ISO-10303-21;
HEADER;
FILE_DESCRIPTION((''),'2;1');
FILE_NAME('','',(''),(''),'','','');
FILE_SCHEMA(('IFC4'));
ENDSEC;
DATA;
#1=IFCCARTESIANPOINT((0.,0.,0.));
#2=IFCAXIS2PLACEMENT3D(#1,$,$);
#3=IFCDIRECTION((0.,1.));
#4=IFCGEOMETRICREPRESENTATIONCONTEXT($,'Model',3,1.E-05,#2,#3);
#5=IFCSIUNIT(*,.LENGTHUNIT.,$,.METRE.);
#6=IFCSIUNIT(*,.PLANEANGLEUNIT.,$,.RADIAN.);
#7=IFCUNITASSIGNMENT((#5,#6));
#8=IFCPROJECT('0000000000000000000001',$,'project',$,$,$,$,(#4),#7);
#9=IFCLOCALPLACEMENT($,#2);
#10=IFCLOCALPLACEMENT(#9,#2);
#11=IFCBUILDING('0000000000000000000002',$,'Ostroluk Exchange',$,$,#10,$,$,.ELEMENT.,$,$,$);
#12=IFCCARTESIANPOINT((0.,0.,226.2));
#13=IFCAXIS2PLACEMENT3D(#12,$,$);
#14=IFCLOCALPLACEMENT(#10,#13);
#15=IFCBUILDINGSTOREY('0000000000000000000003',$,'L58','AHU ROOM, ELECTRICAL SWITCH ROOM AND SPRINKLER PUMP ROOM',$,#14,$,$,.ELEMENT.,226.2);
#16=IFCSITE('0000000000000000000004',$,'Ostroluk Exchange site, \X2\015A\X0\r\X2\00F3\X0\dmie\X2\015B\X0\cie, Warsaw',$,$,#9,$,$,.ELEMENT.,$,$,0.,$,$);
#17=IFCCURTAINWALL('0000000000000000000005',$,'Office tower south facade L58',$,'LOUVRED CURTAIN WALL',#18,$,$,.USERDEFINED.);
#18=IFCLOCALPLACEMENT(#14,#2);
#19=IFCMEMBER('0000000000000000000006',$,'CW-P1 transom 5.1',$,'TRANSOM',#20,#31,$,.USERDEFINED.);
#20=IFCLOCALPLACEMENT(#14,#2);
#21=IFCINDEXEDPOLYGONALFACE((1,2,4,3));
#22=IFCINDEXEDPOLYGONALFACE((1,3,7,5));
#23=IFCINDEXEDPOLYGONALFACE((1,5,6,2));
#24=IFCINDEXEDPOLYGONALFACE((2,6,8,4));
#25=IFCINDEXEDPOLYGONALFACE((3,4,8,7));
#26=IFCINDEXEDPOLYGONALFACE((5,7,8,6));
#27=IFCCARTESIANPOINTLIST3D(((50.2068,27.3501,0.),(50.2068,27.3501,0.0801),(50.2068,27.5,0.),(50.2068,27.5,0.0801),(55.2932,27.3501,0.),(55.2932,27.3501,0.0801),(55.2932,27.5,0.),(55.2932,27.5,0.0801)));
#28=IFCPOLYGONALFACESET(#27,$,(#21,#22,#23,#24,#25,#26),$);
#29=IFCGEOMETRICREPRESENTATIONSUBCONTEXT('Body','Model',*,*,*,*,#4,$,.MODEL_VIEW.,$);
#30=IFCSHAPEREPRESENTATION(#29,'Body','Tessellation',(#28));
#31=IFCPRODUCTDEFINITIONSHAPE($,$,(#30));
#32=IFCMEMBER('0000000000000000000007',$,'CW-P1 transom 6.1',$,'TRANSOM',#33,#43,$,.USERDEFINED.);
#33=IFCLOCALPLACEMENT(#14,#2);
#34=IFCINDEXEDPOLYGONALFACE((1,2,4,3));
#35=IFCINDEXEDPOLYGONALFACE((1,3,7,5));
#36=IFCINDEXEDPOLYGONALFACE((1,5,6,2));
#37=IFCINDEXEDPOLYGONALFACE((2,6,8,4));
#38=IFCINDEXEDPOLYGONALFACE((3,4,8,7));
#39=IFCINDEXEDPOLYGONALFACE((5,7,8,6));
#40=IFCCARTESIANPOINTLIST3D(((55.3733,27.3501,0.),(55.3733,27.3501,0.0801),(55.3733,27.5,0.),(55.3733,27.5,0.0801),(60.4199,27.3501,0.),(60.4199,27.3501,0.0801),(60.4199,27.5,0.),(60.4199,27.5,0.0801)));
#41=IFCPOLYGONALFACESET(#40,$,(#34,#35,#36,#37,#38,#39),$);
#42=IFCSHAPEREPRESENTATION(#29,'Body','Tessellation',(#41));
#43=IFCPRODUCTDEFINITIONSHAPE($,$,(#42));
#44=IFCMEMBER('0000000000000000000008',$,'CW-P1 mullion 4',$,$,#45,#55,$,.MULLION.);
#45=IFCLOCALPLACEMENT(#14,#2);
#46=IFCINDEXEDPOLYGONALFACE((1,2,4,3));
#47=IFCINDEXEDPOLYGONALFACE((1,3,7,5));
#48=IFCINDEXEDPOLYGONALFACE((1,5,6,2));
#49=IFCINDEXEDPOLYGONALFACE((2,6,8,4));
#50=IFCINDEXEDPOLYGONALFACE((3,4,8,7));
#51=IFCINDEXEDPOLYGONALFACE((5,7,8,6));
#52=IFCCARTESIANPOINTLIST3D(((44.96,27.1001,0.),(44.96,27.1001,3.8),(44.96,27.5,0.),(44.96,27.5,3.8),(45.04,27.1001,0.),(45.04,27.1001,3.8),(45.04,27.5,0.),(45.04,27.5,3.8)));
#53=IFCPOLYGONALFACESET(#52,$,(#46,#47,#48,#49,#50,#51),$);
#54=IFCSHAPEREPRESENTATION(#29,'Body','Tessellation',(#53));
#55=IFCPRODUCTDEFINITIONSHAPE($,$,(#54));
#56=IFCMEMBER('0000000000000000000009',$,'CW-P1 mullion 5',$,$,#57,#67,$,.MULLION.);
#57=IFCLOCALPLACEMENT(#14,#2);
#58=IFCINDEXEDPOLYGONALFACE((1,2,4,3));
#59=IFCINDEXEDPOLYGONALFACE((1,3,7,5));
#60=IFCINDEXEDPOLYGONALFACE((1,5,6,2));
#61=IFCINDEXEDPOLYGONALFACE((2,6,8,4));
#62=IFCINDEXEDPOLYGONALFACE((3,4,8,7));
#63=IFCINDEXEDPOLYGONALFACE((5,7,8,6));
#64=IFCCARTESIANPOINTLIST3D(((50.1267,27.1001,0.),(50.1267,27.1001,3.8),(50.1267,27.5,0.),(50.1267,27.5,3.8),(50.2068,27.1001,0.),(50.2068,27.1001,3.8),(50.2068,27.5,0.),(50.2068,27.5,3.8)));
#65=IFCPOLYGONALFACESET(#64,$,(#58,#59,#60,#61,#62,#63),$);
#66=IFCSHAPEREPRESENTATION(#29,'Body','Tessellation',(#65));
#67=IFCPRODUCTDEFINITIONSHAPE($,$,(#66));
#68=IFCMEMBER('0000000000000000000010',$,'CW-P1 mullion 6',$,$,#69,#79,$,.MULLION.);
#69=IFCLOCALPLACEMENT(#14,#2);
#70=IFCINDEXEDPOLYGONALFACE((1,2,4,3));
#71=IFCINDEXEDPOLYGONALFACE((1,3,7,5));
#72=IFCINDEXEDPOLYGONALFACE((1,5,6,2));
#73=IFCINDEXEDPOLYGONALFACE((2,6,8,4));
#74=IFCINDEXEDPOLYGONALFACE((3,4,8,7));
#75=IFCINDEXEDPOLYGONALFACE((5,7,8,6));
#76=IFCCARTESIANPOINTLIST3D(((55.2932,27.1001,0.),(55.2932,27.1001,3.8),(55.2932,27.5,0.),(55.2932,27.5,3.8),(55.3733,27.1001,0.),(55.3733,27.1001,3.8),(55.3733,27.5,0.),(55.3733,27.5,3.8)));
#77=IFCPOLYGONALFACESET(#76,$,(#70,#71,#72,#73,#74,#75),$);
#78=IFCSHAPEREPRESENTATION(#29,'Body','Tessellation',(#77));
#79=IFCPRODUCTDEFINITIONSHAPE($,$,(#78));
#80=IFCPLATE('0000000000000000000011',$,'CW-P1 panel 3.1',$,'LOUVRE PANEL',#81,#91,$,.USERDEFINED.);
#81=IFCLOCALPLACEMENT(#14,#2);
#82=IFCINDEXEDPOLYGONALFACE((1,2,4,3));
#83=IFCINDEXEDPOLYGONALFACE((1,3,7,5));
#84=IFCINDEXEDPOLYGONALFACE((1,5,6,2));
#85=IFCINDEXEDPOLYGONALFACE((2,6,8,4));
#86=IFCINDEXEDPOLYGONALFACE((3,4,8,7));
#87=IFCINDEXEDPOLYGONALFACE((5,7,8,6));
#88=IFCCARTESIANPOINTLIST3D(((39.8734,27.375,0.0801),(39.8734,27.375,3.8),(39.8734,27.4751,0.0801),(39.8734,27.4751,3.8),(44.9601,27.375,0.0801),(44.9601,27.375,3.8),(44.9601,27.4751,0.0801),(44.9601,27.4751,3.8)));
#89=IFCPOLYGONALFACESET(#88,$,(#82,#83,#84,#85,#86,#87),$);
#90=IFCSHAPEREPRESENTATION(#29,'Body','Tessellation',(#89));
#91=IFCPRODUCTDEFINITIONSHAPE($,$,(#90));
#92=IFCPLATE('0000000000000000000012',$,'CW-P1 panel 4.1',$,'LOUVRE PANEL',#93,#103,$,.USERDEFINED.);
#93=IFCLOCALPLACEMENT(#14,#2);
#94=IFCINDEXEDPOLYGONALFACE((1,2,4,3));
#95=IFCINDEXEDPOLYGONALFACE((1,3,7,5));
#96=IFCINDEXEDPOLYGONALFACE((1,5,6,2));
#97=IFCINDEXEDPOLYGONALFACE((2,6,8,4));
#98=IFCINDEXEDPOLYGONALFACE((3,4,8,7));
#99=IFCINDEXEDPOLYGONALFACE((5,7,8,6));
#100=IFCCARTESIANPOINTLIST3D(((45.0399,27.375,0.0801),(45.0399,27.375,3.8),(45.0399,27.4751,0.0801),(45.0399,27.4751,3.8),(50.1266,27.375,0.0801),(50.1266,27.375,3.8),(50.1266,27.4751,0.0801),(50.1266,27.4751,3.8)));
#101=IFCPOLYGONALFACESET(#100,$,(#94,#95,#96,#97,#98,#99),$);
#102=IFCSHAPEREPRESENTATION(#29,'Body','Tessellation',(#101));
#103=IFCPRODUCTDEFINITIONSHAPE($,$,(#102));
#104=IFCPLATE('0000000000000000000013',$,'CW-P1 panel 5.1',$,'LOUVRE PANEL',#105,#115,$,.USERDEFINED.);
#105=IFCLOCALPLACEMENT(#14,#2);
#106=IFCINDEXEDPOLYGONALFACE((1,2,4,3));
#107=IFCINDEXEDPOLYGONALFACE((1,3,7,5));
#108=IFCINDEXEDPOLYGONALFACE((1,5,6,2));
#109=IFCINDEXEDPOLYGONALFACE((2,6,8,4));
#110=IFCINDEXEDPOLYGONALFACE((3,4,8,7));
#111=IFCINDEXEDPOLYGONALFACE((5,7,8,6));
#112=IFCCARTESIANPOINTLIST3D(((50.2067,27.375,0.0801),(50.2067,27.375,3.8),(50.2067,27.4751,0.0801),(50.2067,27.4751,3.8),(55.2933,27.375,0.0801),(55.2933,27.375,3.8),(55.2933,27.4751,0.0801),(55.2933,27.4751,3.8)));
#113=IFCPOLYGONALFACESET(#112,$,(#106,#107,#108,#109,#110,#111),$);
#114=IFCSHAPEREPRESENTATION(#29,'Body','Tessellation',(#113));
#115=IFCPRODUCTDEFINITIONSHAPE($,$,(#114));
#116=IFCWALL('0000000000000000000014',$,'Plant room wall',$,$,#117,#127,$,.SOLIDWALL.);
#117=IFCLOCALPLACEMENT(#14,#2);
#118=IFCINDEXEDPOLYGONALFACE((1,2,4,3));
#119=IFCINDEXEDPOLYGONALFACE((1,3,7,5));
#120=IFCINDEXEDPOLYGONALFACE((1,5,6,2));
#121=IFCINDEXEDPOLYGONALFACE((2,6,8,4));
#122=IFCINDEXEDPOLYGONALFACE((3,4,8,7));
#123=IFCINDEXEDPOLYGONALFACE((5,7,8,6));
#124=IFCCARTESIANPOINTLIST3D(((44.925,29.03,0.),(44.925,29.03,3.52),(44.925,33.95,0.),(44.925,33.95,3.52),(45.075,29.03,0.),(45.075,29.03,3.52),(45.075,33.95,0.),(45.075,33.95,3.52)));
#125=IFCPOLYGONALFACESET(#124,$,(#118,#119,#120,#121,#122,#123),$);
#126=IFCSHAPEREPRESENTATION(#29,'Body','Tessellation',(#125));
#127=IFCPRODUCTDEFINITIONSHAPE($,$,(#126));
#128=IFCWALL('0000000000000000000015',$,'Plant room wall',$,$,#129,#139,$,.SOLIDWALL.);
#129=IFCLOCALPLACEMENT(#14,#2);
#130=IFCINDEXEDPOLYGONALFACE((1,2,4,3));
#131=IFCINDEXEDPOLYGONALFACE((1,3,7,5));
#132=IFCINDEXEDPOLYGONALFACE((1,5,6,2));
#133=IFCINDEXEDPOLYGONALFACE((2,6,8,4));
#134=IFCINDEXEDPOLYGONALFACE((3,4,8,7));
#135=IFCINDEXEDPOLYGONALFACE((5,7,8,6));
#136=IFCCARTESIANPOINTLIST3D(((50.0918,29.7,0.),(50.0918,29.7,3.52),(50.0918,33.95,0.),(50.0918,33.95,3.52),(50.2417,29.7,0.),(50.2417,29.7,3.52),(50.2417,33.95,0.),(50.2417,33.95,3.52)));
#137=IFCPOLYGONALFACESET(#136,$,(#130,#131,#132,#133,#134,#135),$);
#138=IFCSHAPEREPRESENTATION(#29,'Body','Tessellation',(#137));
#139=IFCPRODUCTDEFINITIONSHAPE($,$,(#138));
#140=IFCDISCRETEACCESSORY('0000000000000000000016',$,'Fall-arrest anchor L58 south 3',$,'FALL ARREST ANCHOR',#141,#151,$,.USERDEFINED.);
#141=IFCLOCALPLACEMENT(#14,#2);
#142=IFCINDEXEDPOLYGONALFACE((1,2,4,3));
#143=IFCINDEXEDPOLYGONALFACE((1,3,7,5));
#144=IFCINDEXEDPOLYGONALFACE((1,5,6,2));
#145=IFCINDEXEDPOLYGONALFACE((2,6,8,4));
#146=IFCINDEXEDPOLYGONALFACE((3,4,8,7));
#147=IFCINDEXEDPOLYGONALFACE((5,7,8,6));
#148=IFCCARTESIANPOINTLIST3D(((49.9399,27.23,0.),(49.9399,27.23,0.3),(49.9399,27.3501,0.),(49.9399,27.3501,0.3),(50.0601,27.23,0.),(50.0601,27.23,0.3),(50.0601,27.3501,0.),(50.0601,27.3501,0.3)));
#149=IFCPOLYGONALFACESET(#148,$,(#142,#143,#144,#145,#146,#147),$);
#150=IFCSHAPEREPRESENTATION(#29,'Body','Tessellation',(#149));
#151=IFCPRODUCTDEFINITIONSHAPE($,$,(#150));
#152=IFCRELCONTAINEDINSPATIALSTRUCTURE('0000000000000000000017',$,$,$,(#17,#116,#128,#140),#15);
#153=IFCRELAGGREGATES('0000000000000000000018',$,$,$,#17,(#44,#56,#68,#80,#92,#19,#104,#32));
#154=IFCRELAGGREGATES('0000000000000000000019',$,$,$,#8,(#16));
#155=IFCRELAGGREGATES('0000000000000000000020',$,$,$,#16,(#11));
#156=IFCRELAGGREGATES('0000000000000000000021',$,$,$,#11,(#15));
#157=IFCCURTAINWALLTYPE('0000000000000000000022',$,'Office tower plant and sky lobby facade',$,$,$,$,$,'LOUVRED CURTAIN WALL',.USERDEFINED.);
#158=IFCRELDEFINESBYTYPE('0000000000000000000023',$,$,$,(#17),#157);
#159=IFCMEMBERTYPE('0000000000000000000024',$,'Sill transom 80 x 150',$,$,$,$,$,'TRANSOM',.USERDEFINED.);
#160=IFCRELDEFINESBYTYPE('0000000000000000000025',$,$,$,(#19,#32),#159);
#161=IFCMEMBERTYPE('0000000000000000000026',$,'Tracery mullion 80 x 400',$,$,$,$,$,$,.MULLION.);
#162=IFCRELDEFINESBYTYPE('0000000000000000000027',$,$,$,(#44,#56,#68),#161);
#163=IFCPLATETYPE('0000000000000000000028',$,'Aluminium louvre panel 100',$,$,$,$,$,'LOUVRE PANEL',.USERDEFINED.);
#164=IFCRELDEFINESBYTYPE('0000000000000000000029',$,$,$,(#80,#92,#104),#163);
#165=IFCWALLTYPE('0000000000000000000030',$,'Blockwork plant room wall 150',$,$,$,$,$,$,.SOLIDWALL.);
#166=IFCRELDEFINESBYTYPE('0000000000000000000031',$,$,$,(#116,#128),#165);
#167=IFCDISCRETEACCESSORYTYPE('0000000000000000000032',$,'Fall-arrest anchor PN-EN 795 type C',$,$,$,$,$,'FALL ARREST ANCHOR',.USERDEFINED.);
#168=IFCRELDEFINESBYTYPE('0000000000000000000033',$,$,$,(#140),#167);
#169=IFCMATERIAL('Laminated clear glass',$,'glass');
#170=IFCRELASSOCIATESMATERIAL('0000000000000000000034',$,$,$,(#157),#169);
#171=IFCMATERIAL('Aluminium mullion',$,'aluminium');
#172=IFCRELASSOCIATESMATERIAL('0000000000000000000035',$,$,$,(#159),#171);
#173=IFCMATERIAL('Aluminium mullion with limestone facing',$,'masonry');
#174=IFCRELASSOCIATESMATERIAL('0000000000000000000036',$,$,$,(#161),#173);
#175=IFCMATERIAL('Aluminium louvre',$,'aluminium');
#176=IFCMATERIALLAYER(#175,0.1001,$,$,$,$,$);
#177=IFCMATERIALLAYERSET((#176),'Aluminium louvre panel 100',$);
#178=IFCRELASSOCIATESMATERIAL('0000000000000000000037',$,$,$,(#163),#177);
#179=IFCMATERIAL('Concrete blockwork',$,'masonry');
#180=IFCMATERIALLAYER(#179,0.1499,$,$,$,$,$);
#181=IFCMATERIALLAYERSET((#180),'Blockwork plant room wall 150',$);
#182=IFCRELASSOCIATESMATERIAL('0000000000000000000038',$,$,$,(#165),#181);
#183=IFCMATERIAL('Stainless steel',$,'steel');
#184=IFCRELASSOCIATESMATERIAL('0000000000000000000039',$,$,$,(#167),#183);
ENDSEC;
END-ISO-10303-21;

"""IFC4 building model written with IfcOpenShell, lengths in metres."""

from ifc_helpers import new_model, si_unit, direction, frame, frame_2d, origin, origin_2d, place, context, subcontext, project, spatial, rectangle, extrude, material, layer, layer_set, material_profile, profile_set, type_object, element, aggregate, save


model = new_model("IFC4")

# Units and contexts
model_context = context("Model", 3, precision=1e-05, world=origin(), true_north=direction((0.0, 1.0)))
body_context = subcontext(model_context, "Body", "Model", "MODEL_VIEW")
ifc_project = project(units=[si_unit("LENGTHUNIT", "METRE"), si_unit("PLANEANGLEUNIT", "RADIAN")], contexts=[model_context])

# Site, building, storey
site_placement = place(None, origin())
site = spatial("IfcSite", under=ifc_project, at=site_placement, Name="Ostroluk Exchange site, Śródmieście, Warsaw", CompositionType="ELEMENT", RefElevation=0.0)
building_placement = place(site_placement, origin())
building = spatial("IfcBuilding", under=site, at=building_placement, Name="Ostroluk Exchange", CompositionType="ELEMENT")
storey_placement = place(building_placement, frame((0.0, 0.0, 226.2)))
storey = spatial("IfcBuildingStorey", under=building, at=storey_placement, Name="L58", Description="AHU ROOM, ELECTRICAL SWITCH ROOM AND SPRINKLER PUMP ROOM", CompositionType="ELEMENT", Elevation=226.2)

# Curtain wall, members, plates
ifc_material_1 = material(Name="Laminated clear glass", Category="glass")
curtain_wall_type = type_object("IfcCurtainWallType", Name="Office tower plant and sky lobby facade", ElementType="LOUVRED CURTAIN WALL", PredefinedType="USERDEFINED", material=ifc_material_1)
curtain_wall_placement = place(storey_placement, origin())
curtain_wall = element("IfcCurtainWall", 1, at=curtain_wall_placement, inside=storey, type_object=curtain_wall_type, Name="Office tower south facade L58", ObjectType="LOUVRED CURTAIN WALL", PredefinedType="USERDEFINED")
ifc_material_2 = material(Name="Aluminium mullion", Category="aluminium")
ifc_material_profile_1 = material_profile(ifc_material_2, rectangle(XDim=0.1499, YDim=0.0801, at=origin_2d()), Name="Sill transom 80 x 150")
ifc_profile_set_1 = profile_set([ifc_material_profile_1], Name="Aluminium mullion")
member_type_1 = type_object("IfcMemberType", Name="Sill transom 80 x 150", ElementType="TRANSOM", PredefinedType="USERDEFINED", material=ifc_profile_set_1)
member_1_placement = place(storey_placement, frame((50.2068, 27.425, 0.04), z_axis=(1.0, 0.0, 0.0), x_axis=(0.0, 1.0, 0.0)))
member_1 = element("IfcMember", 2, at=member_1_placement, type_object=member_type_1, Name="CW-P1 transom 5.1", ObjectType="TRANSOM", PredefinedType="USERDEFINED", context=body_context, shape_type="SweptSolid", body=[
    extrude(rectangle(XDim=0.1499, YDim=0.0801, at=origin_2d()), origin(), (0.0, 0.0, 1.0), 5.0864),
])
member_2_placement = place(storey_placement, frame((55.3733, 27.425, 0.04), z_axis=(1.0, 0.0, 0.0), x_axis=(0.0, 1.0, 0.0)))
member_2 = element("IfcMember", 3, at=member_2_placement, type_object=member_type_1, Name="CW-P1 transom 6.1", ObjectType="TRANSOM", PredefinedType="USERDEFINED", context=body_context, shape_type="SweptSolid", body=[
    extrude(rectangle(XDim=0.1499, YDim=0.0801, at=origin_2d()), origin(), (0.0, 0.0, 1.0), 5.0466),
])
ifc_material_3 = material(Name="Aluminium mullion with limestone facing", Category="masonry")
ifc_material_profile_2 = material_profile(ifc_material_3, rectangle(XDim=0.3999, YDim=0.0801, at=origin_2d()), Name="Tracery mullion 80 x 400")
ifc_profile_set_2 = profile_set([ifc_material_profile_2], Name="Aluminium mullion with limestone facing")
member_type_2 = type_object("IfcMemberType", Name="Tracery mullion 80 x 400", PredefinedType="MULLION", material=ifc_profile_set_2)
member_3_placement = place(storey_placement, frame((45.0, 27.3, 0.0), z_axis=(0.0, 0.0, 1.0), x_axis=(0.0, 1.0, 0.0)))
member_3 = element("IfcMember", 4, at=member_3_placement, type_object=member_type_2, Name="CW-P1 mullion 4", PredefinedType="MULLION", context=body_context, shape_type="SweptSolid", body=[
    extrude(rectangle(XDim=0.3999, YDim=0.0801, at=origin_2d()), origin(), (0.0, 0.0, 1.0), 3.8),
])
member_4_placement = place(storey_placement, frame((50.1667, 27.3, 0.0), z_axis=(0.0, 0.0, 1.0), x_axis=(0.0, 1.0, 0.0)))
member_4 = element("IfcMember", 5, at=member_4_placement, type_object=member_type_2, Name="CW-P1 mullion 5", PredefinedType="MULLION", context=body_context, shape_type="SweptSolid", body=[
    extrude(rectangle(XDim=0.3999, YDim=0.0801, at=origin_2d()), origin(), (0.0, 0.0, 1.0), 3.8),
])
member_5_placement = place(storey_placement, frame((55.3333, 27.3, 0.0), z_axis=(0.0, 0.0, 1.0), x_axis=(0.0, 1.0, 0.0)))
member_5 = element("IfcMember", 6, at=member_5_placement, type_object=member_type_2, Name="CW-P1 mullion 6", PredefinedType="MULLION", context=body_context, shape_type="SweptSolid", body=[
    extrude(rectangle(XDim=0.3999, YDim=0.0801, at=origin_2d()), origin(), (0.0, 0.0, 1.0), 3.8),
])
ifc_material_4 = material(Name="Aluminium louvre", Category="aluminium")
ifc_layer_1 = layer(ifc_material_4, 0.1001)
ifc_layer_set_1 = layer_set([ifc_layer_1], Name="Aluminium louvre panel 100")
plate_type = type_object("IfcPlateType", Name="Aluminium louvre panel 100", ElementType="LOUVRE PANEL", PredefinedType="USERDEFINED", material=ifc_layer_set_1)
plate_1_placement = place(storey_placement, frame((42.4167, 27.425, 0.0801), z_axis=(0.0, 0.0, 1.0), x_axis=(1.0, 0.0, 0.0)))
plate_1 = element("IfcPlate", 7, at=plate_1_placement, type_object=plate_type, Name="CW-P1 panel 3.1", ObjectType="LOUVRE PANEL", PredefinedType="USERDEFINED", context=body_context, shape_type="SweptSolid", body=[
    extrude(rectangle(XDim=5.0867, YDim=0.1001, at=origin_2d()), origin(), (0.0, 0.0, 1.0), 3.72),
])
plate_2_placement = place(storey_placement, frame((47.5833, 27.425, 0.0801), z_axis=(0.0, 0.0, 1.0), x_axis=(1.0, 0.0, 0.0)))
plate_2 = element("IfcPlate", 8, at=plate_2_placement, type_object=plate_type, Name="CW-P1 panel 4.1", ObjectType="LOUVRE PANEL", PredefinedType="USERDEFINED", context=body_context, shape_type="SweptSolid", body=[
    extrude(rectangle(XDim=5.0867, YDim=0.1001, at=origin_2d()), origin(), (0.0, 0.0, 1.0), 3.72),
])
plate_3_placement = place(storey_placement, frame((52.75, 27.425, 0.0801), z_axis=(0.0, 0.0, 1.0), x_axis=(1.0, 0.0, 0.0)))
plate_3 = element("IfcPlate", 9, at=plate_3_placement, type_object=plate_type, Name="CW-P1 panel 5.1", ObjectType="LOUVRE PANEL", PredefinedType="USERDEFINED", context=body_context, shape_type="SweptSolid", body=[
    extrude(rectangle(XDim=5.0867, YDim=0.1001, at=origin_2d()), origin(), (0.0, 0.0, 1.0), 3.72),
])
aggregate(curtain_wall, [member_3, member_4, member_5, plate_1, plate_2, member_1, plate_3, member_2])

# Walls
ifc_material_5 = material(Name="Concrete blockwork", Category="masonry")
ifc_layer_2 = layer(ifc_material_5, 0.1499)
ifc_layer_set_2 = layer_set([ifc_layer_2], Name="Blockwork plant room wall 150")
wall_type = type_object("IfcWallType", Name="Blockwork plant room wall 150", PredefinedType="SOLIDWALL", material=ifc_layer_set_2)
wall_1_placement = place(storey_placement, frame((45.0, 33.95, 0.0), z_axis=(0.0, 0.0, 1.0), x_axis=(0.0, -1.0, 0.0)))
element("IfcWall", 10, at=wall_1_placement, inside=storey, type_object=wall_type, Name="Plant room wall", PredefinedType="SOLIDWALL", context=body_context, shape_type="SweptSolid", body=[
    extrude(rectangle(XDim=4.9199, YDim=0.1499, at=frame_2d((2.46, 0.0))), origin(), (0.0, 0.0, 1.0), 3.52),
])
wall_2_placement = place(storey_placement, frame((50.1667, 33.95, 0.0), z_axis=(0.0, 0.0, 1.0), x_axis=(0.0, -1.0, 0.0)))
element("IfcWall", 11, at=wall_2_placement, inside=storey, type_object=wall_type, Name="Plant room wall", PredefinedType="SOLIDWALL", context=body_context, shape_type="SweptSolid", body=[
    extrude(rectangle(XDim=4.25, YDim=0.1499, at=frame_2d((2.125, 0.0))), origin(), (0.0, 0.0, 1.0), 3.52),
])

# Discrete accessory
ifc_material_6 = material(Name="Stainless steel", Category="steel")
discrete_accessory_type = type_object("IfcDiscreteAccessoryType", Name="Fall-arrest anchor PN-EN 795 type C", ElementType="FALL ARREST ANCHOR", PredefinedType="USERDEFINED", material=ifc_material_6)
discrete_accessory_placement = place(storey_placement, frame((50.0, 27.29, 0.0), z_axis=(0.0, 0.0, 1.0), x_axis=(1.0, 0.0, 0.0)))
element("IfcDiscreteAccessory", 12, at=discrete_accessory_placement, inside=storey, type_object=discrete_accessory_type, Name="Fall-arrest anchor L58 south 3", ObjectType="FALL ARREST ANCHOR", PredefinedType="USERDEFINED", context=body_context, shape_type="SweptSolid", body=[
    extrude(rectangle(XDim=0.1201, YDim=0.1201, at=origin_2d()), origin(), (0.0, 0.0, 1.0), 0.3),
])

save(model, "model.ifc")
